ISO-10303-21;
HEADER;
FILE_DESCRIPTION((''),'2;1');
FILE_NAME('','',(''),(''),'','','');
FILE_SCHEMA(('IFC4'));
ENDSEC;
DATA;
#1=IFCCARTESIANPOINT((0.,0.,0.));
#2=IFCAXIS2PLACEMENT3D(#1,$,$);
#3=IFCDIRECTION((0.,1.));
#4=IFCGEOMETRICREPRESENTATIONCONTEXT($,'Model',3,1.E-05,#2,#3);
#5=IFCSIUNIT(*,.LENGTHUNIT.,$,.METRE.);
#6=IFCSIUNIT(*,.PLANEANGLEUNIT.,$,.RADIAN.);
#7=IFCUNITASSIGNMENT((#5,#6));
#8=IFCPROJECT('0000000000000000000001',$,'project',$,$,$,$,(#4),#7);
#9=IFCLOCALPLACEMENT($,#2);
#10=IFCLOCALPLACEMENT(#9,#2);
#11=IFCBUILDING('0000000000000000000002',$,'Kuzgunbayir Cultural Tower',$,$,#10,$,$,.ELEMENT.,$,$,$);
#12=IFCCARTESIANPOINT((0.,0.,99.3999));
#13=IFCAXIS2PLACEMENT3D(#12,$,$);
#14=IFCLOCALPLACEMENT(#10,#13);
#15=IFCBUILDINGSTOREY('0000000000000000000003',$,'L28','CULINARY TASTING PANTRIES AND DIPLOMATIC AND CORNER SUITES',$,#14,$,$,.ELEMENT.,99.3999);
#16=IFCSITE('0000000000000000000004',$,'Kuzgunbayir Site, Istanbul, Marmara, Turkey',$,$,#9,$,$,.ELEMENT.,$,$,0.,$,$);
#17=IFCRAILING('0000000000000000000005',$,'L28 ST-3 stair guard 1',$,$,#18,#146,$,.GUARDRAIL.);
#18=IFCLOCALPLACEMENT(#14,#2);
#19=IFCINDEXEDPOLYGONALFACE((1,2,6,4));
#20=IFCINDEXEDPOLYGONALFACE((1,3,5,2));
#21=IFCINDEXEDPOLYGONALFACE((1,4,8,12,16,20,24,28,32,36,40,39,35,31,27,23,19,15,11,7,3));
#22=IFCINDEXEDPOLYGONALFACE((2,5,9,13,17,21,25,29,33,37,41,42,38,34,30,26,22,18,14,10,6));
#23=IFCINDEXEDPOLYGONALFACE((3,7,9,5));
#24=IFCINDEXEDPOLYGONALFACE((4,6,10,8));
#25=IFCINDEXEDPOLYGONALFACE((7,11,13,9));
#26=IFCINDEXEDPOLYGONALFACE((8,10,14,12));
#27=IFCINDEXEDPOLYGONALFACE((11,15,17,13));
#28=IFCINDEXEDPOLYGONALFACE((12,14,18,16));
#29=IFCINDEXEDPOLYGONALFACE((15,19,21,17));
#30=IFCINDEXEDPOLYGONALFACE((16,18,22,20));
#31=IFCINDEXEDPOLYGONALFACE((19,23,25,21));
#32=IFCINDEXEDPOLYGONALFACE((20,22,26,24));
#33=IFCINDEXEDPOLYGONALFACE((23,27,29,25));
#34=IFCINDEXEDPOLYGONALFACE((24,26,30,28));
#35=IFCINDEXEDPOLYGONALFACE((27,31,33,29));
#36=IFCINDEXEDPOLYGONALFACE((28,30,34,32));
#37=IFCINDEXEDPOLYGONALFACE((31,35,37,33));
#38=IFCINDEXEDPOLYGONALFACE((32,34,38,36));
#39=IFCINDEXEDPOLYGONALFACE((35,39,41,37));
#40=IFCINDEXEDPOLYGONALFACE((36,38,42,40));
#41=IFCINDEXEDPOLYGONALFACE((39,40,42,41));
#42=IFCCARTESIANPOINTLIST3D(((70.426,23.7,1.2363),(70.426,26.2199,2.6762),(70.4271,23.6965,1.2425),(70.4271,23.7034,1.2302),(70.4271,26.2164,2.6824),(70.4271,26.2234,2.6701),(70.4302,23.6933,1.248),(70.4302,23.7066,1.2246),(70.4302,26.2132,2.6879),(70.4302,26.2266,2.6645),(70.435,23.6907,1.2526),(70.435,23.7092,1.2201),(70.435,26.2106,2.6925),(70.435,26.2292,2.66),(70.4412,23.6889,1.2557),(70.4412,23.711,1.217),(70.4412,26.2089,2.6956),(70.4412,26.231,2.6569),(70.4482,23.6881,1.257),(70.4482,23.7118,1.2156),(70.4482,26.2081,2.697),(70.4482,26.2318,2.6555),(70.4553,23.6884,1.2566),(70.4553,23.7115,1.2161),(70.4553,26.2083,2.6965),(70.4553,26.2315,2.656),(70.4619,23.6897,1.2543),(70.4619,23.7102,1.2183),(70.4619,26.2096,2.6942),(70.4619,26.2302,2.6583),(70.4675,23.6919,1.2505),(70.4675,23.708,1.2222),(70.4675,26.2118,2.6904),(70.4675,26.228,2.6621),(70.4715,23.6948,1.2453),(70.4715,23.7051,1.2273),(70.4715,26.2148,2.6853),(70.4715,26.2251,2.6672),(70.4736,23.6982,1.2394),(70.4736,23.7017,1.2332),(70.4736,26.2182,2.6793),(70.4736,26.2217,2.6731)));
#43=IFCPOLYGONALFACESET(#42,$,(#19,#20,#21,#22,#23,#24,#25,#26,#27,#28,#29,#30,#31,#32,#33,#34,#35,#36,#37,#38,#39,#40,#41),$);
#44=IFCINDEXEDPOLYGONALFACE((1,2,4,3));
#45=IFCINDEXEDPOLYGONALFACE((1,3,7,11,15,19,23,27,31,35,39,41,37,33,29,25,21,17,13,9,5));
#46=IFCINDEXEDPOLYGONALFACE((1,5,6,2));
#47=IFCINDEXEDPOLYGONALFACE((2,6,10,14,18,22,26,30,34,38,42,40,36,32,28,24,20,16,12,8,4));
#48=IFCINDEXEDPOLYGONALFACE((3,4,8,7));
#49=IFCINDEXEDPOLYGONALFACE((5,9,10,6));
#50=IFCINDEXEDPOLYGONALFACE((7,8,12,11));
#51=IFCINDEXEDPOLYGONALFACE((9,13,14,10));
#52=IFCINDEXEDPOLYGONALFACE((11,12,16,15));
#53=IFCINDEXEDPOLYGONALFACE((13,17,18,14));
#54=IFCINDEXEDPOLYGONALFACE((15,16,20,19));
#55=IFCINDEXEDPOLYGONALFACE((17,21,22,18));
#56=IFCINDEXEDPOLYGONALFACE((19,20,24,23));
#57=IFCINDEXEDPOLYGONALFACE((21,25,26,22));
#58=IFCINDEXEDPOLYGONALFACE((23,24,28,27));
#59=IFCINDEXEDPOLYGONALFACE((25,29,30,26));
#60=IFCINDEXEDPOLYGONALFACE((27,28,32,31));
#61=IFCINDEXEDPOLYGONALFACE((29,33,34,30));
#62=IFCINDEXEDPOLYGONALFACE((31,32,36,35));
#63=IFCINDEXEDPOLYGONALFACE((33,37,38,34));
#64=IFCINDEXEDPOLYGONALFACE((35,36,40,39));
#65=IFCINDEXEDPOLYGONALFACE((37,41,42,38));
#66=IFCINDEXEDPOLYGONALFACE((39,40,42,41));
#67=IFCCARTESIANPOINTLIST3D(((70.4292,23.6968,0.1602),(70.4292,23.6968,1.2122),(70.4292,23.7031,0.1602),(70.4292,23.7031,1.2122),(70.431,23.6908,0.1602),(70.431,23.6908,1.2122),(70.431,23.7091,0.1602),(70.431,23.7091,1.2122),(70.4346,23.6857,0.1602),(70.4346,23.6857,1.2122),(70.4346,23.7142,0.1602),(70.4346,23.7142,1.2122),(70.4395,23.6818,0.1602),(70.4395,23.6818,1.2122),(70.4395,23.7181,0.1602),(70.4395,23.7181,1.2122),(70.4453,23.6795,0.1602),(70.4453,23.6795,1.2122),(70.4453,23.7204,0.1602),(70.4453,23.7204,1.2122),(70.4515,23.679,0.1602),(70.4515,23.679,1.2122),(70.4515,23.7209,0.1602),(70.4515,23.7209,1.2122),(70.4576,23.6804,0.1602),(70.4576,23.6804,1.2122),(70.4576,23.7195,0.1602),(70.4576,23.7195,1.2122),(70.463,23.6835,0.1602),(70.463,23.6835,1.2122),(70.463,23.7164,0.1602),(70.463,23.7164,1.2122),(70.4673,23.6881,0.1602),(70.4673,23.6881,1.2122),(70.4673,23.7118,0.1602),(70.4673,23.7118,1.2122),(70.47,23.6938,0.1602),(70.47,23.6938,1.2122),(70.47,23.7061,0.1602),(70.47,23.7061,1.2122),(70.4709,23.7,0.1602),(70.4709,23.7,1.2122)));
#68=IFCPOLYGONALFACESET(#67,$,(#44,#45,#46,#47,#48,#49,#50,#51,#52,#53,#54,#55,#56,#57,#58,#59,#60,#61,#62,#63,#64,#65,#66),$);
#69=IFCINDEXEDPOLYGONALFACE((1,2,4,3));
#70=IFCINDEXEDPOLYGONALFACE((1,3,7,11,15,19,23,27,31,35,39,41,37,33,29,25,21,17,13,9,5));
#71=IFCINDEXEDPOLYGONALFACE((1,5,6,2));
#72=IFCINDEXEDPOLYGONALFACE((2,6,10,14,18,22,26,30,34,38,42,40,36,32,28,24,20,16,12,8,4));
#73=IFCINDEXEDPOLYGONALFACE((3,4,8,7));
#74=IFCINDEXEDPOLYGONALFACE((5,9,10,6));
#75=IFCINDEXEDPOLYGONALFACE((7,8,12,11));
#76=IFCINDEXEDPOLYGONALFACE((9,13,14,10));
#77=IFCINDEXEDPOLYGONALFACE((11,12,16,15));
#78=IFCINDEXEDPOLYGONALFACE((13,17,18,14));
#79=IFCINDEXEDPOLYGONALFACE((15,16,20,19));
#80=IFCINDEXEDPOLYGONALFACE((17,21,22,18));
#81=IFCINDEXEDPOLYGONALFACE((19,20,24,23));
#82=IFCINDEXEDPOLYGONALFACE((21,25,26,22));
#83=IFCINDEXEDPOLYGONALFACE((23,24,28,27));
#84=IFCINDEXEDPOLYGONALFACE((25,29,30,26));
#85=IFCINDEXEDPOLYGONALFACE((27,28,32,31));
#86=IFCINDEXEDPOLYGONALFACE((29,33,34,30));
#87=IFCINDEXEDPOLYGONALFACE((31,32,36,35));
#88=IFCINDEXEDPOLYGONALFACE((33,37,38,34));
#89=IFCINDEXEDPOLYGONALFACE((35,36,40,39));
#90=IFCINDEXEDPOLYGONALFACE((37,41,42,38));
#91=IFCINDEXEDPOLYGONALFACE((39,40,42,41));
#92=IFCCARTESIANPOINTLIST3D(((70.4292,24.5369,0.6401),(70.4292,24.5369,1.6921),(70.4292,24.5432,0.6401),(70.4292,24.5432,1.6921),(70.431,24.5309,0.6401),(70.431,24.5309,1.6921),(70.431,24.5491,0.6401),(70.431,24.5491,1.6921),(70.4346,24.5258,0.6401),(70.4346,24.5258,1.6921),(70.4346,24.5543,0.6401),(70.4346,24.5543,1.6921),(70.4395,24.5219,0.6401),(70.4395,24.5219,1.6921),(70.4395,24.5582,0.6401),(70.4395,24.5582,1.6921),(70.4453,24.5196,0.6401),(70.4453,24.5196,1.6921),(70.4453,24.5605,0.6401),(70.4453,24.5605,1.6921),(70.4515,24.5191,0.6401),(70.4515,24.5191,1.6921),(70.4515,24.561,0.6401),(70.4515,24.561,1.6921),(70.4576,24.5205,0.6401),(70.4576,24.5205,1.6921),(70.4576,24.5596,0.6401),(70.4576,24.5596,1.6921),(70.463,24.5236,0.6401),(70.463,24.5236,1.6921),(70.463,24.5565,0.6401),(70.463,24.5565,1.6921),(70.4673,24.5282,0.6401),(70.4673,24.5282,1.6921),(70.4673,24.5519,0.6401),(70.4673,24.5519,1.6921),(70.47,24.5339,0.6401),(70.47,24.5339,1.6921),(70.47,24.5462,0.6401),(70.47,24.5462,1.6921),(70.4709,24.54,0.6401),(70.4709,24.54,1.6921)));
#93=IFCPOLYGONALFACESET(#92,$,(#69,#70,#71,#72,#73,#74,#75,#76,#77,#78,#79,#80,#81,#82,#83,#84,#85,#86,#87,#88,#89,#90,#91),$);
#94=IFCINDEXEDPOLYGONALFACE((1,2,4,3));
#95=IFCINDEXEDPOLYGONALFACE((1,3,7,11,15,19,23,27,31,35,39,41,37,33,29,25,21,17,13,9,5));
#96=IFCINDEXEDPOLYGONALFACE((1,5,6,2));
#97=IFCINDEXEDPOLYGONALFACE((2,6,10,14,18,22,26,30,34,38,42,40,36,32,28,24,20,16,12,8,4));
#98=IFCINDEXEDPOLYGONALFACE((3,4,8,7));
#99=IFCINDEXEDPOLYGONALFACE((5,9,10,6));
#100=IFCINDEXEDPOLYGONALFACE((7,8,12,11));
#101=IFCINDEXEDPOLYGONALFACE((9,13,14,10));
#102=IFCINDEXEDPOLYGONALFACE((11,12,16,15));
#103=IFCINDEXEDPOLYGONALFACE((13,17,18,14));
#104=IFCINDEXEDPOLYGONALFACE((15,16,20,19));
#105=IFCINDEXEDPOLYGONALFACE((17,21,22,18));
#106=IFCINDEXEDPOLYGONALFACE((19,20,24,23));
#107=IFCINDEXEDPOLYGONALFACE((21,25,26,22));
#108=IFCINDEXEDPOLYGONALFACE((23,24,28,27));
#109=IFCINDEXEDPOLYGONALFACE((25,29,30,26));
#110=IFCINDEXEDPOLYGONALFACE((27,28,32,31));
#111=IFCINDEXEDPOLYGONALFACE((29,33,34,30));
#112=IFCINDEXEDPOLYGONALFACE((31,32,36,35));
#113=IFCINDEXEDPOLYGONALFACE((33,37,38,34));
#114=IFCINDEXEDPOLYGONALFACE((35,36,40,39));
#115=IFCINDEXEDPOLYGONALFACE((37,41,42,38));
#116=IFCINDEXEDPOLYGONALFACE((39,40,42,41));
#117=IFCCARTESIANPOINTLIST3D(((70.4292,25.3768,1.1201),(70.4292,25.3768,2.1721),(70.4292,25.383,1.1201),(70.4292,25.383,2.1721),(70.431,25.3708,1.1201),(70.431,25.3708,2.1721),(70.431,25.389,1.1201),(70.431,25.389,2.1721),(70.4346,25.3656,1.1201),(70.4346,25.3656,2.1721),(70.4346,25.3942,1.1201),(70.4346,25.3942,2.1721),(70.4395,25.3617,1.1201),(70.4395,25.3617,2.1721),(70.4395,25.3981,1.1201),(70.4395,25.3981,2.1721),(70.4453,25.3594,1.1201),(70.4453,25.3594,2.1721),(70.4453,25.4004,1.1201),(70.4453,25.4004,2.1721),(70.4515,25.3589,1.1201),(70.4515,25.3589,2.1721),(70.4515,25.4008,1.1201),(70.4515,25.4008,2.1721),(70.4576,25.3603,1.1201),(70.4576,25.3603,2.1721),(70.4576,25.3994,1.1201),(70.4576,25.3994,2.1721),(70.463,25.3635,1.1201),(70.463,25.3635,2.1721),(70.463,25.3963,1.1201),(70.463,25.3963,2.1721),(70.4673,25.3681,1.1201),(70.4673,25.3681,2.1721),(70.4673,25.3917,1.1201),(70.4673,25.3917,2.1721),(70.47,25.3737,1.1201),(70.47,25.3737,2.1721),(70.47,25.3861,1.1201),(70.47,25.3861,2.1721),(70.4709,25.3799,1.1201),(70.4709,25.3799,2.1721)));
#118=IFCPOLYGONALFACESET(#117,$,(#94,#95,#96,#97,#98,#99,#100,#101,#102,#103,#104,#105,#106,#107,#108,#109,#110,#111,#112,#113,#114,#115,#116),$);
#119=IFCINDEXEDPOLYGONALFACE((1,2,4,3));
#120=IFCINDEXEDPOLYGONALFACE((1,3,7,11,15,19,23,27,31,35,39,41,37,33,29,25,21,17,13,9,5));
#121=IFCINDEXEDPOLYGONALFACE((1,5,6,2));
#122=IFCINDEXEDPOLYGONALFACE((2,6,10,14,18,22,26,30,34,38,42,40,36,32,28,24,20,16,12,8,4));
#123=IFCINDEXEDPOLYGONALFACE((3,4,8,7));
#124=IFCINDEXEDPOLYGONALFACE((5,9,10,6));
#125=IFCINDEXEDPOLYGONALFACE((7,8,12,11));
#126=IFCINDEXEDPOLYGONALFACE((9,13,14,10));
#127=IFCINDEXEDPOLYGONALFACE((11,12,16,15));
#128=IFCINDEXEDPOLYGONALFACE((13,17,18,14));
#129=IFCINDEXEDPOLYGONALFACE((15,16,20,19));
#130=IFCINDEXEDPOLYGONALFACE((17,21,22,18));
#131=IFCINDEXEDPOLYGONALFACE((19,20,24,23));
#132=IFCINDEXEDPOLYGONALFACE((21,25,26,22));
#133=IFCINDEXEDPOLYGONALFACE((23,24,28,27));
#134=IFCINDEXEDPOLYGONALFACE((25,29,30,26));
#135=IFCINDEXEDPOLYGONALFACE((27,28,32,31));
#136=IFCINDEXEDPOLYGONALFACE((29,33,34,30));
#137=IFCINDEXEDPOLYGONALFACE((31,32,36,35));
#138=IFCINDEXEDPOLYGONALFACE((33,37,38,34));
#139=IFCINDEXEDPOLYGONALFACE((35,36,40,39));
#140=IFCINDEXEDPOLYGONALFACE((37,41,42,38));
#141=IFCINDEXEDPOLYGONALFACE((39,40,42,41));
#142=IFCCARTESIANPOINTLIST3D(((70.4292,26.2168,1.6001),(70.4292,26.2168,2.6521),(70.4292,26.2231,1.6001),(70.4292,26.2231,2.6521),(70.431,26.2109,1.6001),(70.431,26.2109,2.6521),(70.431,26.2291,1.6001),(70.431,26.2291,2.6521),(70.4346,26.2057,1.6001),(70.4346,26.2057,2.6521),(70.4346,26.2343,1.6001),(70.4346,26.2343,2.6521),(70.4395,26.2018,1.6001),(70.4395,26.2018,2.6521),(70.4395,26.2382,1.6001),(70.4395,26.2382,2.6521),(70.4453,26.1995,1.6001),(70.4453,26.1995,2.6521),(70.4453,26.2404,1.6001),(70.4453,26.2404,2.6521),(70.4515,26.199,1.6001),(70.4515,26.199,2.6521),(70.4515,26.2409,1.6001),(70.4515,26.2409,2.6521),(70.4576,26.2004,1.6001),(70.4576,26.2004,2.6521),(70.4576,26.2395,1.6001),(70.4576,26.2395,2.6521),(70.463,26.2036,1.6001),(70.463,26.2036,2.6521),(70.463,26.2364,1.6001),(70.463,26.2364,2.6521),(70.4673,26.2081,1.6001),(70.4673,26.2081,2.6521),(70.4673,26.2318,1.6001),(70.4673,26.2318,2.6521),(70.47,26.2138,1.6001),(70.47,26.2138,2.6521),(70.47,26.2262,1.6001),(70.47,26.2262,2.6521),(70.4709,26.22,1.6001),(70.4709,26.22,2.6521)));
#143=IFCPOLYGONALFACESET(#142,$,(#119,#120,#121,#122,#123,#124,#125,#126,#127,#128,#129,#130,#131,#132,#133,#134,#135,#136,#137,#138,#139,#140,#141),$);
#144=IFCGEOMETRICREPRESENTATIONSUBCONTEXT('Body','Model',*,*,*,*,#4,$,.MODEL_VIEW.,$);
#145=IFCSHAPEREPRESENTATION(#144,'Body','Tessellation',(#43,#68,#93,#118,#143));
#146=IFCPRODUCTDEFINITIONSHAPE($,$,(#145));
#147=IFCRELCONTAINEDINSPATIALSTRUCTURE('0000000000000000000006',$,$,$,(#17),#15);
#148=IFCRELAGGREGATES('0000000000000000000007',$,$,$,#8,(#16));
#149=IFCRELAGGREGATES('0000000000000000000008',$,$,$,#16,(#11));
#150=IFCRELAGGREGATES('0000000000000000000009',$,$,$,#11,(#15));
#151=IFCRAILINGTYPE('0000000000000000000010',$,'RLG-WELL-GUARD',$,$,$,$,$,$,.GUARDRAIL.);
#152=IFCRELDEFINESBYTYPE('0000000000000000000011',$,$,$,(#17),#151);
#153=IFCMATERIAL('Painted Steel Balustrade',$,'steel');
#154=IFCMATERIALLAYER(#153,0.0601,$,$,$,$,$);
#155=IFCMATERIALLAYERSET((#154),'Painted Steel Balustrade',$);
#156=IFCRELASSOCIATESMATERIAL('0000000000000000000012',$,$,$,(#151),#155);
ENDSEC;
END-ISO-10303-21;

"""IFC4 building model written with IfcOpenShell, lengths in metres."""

from ifc_helpers import new_model, si_unit, direction, frame, origin, origin_2d, place, context, subcontext, project, spatial, circle, extrude, material, layer, layer_set, type_object, element, save


model = new_model("IFC4")

# Units and contexts
model_context = context("Model", 3, precision=1e-05, world=origin(), true_north=direction((0.0, 1.0)))
body_context = subcontext(model_context, "Body", "Model", "MODEL_VIEW")
ifc_project = project(units=[si_unit("LENGTHUNIT", "METRE"), si_unit("PLANEANGLEUNIT", "RADIAN")], contexts=[model_context])

# Site, building, storey
site_placement = place(None, origin())
site = spatial("IfcSite", under=ifc_project, at=site_placement, Name="Kuzgunbayir Site, Istanbul, Marmara, Turkey", CompositionType="ELEMENT", RefElevation=0.0)
building_placement = place(site_placement, origin())
building = spatial("IfcBuilding", under=site, at=building_placement, Name="Kuzgunbayir Cultural Tower", CompositionType="ELEMENT")
storey_placement = place(building_placement, frame((0.0, 0.0, 99.3999)))
storey = spatial("IfcBuildingStorey", under=building, at=storey_placement, Name="L28", Description="CULINARY TASTING PANTRIES AND DIPLOMATIC AND CORNER SUITES", CompositionType="ELEMENT", Elevation=99.3999)

# Railing
ifc_material_1 = material(Name="Painted Steel Balustrade", Category="steel")
ifc_layer_1 = layer(ifc_material_1, 0.0601)
ifc_layer_set_1 = layer_set([ifc_layer_1], Name="Painted Steel Balustrade")
railing_type_1 = type_object("IfcRailingType", Name="RLG-WELL-GUARD", PredefinedType="GUARDRAIL", material=ifc_layer_set_1)
railing_1_placement = place(storey_placement, frame((70.45, 23.7, 0.1602)))
element("IfcRailing", 1, at=railing_1_placement, inside=storey, type_object=railing_type_1, Name="L28 ST-3 stair guard 1", PredefinedType="GUARDRAIL", context=body_context, shape_type="SweptSolid", body=[
    extrude(circle(Radius=0.0239, at=origin_2d()), frame((0.0, 0.0, 1.0762), z_axis=(0.0, 0.868253, 0.496121), x_axis=(-1.0, 0.0, 0.0)), (0.0, 0.0, 1.0), 2.9023),
    extrude(circle(Radius=0.021, at=origin_2d()), origin(), (0.0, 0.0, 1.0), 1.052),
    extrude(circle(Radius=0.021, at=origin_2d()), frame((0.0, 0.8401, 0.48)), (0.0, 0.0, 1.0), 1.052),
    extrude(circle(Radius=0.021, at=origin_2d()), frame((0.0, 1.6799, 0.96)), (0.0, 0.0, 1.0), 1.052),
    extrude(circle(Radius=0.021, at=origin_2d()), frame((0.0, 2.52, 1.4399)), (0.0, 0.0, 1.0), 1.052),
])

save(model, "model.ifc")
